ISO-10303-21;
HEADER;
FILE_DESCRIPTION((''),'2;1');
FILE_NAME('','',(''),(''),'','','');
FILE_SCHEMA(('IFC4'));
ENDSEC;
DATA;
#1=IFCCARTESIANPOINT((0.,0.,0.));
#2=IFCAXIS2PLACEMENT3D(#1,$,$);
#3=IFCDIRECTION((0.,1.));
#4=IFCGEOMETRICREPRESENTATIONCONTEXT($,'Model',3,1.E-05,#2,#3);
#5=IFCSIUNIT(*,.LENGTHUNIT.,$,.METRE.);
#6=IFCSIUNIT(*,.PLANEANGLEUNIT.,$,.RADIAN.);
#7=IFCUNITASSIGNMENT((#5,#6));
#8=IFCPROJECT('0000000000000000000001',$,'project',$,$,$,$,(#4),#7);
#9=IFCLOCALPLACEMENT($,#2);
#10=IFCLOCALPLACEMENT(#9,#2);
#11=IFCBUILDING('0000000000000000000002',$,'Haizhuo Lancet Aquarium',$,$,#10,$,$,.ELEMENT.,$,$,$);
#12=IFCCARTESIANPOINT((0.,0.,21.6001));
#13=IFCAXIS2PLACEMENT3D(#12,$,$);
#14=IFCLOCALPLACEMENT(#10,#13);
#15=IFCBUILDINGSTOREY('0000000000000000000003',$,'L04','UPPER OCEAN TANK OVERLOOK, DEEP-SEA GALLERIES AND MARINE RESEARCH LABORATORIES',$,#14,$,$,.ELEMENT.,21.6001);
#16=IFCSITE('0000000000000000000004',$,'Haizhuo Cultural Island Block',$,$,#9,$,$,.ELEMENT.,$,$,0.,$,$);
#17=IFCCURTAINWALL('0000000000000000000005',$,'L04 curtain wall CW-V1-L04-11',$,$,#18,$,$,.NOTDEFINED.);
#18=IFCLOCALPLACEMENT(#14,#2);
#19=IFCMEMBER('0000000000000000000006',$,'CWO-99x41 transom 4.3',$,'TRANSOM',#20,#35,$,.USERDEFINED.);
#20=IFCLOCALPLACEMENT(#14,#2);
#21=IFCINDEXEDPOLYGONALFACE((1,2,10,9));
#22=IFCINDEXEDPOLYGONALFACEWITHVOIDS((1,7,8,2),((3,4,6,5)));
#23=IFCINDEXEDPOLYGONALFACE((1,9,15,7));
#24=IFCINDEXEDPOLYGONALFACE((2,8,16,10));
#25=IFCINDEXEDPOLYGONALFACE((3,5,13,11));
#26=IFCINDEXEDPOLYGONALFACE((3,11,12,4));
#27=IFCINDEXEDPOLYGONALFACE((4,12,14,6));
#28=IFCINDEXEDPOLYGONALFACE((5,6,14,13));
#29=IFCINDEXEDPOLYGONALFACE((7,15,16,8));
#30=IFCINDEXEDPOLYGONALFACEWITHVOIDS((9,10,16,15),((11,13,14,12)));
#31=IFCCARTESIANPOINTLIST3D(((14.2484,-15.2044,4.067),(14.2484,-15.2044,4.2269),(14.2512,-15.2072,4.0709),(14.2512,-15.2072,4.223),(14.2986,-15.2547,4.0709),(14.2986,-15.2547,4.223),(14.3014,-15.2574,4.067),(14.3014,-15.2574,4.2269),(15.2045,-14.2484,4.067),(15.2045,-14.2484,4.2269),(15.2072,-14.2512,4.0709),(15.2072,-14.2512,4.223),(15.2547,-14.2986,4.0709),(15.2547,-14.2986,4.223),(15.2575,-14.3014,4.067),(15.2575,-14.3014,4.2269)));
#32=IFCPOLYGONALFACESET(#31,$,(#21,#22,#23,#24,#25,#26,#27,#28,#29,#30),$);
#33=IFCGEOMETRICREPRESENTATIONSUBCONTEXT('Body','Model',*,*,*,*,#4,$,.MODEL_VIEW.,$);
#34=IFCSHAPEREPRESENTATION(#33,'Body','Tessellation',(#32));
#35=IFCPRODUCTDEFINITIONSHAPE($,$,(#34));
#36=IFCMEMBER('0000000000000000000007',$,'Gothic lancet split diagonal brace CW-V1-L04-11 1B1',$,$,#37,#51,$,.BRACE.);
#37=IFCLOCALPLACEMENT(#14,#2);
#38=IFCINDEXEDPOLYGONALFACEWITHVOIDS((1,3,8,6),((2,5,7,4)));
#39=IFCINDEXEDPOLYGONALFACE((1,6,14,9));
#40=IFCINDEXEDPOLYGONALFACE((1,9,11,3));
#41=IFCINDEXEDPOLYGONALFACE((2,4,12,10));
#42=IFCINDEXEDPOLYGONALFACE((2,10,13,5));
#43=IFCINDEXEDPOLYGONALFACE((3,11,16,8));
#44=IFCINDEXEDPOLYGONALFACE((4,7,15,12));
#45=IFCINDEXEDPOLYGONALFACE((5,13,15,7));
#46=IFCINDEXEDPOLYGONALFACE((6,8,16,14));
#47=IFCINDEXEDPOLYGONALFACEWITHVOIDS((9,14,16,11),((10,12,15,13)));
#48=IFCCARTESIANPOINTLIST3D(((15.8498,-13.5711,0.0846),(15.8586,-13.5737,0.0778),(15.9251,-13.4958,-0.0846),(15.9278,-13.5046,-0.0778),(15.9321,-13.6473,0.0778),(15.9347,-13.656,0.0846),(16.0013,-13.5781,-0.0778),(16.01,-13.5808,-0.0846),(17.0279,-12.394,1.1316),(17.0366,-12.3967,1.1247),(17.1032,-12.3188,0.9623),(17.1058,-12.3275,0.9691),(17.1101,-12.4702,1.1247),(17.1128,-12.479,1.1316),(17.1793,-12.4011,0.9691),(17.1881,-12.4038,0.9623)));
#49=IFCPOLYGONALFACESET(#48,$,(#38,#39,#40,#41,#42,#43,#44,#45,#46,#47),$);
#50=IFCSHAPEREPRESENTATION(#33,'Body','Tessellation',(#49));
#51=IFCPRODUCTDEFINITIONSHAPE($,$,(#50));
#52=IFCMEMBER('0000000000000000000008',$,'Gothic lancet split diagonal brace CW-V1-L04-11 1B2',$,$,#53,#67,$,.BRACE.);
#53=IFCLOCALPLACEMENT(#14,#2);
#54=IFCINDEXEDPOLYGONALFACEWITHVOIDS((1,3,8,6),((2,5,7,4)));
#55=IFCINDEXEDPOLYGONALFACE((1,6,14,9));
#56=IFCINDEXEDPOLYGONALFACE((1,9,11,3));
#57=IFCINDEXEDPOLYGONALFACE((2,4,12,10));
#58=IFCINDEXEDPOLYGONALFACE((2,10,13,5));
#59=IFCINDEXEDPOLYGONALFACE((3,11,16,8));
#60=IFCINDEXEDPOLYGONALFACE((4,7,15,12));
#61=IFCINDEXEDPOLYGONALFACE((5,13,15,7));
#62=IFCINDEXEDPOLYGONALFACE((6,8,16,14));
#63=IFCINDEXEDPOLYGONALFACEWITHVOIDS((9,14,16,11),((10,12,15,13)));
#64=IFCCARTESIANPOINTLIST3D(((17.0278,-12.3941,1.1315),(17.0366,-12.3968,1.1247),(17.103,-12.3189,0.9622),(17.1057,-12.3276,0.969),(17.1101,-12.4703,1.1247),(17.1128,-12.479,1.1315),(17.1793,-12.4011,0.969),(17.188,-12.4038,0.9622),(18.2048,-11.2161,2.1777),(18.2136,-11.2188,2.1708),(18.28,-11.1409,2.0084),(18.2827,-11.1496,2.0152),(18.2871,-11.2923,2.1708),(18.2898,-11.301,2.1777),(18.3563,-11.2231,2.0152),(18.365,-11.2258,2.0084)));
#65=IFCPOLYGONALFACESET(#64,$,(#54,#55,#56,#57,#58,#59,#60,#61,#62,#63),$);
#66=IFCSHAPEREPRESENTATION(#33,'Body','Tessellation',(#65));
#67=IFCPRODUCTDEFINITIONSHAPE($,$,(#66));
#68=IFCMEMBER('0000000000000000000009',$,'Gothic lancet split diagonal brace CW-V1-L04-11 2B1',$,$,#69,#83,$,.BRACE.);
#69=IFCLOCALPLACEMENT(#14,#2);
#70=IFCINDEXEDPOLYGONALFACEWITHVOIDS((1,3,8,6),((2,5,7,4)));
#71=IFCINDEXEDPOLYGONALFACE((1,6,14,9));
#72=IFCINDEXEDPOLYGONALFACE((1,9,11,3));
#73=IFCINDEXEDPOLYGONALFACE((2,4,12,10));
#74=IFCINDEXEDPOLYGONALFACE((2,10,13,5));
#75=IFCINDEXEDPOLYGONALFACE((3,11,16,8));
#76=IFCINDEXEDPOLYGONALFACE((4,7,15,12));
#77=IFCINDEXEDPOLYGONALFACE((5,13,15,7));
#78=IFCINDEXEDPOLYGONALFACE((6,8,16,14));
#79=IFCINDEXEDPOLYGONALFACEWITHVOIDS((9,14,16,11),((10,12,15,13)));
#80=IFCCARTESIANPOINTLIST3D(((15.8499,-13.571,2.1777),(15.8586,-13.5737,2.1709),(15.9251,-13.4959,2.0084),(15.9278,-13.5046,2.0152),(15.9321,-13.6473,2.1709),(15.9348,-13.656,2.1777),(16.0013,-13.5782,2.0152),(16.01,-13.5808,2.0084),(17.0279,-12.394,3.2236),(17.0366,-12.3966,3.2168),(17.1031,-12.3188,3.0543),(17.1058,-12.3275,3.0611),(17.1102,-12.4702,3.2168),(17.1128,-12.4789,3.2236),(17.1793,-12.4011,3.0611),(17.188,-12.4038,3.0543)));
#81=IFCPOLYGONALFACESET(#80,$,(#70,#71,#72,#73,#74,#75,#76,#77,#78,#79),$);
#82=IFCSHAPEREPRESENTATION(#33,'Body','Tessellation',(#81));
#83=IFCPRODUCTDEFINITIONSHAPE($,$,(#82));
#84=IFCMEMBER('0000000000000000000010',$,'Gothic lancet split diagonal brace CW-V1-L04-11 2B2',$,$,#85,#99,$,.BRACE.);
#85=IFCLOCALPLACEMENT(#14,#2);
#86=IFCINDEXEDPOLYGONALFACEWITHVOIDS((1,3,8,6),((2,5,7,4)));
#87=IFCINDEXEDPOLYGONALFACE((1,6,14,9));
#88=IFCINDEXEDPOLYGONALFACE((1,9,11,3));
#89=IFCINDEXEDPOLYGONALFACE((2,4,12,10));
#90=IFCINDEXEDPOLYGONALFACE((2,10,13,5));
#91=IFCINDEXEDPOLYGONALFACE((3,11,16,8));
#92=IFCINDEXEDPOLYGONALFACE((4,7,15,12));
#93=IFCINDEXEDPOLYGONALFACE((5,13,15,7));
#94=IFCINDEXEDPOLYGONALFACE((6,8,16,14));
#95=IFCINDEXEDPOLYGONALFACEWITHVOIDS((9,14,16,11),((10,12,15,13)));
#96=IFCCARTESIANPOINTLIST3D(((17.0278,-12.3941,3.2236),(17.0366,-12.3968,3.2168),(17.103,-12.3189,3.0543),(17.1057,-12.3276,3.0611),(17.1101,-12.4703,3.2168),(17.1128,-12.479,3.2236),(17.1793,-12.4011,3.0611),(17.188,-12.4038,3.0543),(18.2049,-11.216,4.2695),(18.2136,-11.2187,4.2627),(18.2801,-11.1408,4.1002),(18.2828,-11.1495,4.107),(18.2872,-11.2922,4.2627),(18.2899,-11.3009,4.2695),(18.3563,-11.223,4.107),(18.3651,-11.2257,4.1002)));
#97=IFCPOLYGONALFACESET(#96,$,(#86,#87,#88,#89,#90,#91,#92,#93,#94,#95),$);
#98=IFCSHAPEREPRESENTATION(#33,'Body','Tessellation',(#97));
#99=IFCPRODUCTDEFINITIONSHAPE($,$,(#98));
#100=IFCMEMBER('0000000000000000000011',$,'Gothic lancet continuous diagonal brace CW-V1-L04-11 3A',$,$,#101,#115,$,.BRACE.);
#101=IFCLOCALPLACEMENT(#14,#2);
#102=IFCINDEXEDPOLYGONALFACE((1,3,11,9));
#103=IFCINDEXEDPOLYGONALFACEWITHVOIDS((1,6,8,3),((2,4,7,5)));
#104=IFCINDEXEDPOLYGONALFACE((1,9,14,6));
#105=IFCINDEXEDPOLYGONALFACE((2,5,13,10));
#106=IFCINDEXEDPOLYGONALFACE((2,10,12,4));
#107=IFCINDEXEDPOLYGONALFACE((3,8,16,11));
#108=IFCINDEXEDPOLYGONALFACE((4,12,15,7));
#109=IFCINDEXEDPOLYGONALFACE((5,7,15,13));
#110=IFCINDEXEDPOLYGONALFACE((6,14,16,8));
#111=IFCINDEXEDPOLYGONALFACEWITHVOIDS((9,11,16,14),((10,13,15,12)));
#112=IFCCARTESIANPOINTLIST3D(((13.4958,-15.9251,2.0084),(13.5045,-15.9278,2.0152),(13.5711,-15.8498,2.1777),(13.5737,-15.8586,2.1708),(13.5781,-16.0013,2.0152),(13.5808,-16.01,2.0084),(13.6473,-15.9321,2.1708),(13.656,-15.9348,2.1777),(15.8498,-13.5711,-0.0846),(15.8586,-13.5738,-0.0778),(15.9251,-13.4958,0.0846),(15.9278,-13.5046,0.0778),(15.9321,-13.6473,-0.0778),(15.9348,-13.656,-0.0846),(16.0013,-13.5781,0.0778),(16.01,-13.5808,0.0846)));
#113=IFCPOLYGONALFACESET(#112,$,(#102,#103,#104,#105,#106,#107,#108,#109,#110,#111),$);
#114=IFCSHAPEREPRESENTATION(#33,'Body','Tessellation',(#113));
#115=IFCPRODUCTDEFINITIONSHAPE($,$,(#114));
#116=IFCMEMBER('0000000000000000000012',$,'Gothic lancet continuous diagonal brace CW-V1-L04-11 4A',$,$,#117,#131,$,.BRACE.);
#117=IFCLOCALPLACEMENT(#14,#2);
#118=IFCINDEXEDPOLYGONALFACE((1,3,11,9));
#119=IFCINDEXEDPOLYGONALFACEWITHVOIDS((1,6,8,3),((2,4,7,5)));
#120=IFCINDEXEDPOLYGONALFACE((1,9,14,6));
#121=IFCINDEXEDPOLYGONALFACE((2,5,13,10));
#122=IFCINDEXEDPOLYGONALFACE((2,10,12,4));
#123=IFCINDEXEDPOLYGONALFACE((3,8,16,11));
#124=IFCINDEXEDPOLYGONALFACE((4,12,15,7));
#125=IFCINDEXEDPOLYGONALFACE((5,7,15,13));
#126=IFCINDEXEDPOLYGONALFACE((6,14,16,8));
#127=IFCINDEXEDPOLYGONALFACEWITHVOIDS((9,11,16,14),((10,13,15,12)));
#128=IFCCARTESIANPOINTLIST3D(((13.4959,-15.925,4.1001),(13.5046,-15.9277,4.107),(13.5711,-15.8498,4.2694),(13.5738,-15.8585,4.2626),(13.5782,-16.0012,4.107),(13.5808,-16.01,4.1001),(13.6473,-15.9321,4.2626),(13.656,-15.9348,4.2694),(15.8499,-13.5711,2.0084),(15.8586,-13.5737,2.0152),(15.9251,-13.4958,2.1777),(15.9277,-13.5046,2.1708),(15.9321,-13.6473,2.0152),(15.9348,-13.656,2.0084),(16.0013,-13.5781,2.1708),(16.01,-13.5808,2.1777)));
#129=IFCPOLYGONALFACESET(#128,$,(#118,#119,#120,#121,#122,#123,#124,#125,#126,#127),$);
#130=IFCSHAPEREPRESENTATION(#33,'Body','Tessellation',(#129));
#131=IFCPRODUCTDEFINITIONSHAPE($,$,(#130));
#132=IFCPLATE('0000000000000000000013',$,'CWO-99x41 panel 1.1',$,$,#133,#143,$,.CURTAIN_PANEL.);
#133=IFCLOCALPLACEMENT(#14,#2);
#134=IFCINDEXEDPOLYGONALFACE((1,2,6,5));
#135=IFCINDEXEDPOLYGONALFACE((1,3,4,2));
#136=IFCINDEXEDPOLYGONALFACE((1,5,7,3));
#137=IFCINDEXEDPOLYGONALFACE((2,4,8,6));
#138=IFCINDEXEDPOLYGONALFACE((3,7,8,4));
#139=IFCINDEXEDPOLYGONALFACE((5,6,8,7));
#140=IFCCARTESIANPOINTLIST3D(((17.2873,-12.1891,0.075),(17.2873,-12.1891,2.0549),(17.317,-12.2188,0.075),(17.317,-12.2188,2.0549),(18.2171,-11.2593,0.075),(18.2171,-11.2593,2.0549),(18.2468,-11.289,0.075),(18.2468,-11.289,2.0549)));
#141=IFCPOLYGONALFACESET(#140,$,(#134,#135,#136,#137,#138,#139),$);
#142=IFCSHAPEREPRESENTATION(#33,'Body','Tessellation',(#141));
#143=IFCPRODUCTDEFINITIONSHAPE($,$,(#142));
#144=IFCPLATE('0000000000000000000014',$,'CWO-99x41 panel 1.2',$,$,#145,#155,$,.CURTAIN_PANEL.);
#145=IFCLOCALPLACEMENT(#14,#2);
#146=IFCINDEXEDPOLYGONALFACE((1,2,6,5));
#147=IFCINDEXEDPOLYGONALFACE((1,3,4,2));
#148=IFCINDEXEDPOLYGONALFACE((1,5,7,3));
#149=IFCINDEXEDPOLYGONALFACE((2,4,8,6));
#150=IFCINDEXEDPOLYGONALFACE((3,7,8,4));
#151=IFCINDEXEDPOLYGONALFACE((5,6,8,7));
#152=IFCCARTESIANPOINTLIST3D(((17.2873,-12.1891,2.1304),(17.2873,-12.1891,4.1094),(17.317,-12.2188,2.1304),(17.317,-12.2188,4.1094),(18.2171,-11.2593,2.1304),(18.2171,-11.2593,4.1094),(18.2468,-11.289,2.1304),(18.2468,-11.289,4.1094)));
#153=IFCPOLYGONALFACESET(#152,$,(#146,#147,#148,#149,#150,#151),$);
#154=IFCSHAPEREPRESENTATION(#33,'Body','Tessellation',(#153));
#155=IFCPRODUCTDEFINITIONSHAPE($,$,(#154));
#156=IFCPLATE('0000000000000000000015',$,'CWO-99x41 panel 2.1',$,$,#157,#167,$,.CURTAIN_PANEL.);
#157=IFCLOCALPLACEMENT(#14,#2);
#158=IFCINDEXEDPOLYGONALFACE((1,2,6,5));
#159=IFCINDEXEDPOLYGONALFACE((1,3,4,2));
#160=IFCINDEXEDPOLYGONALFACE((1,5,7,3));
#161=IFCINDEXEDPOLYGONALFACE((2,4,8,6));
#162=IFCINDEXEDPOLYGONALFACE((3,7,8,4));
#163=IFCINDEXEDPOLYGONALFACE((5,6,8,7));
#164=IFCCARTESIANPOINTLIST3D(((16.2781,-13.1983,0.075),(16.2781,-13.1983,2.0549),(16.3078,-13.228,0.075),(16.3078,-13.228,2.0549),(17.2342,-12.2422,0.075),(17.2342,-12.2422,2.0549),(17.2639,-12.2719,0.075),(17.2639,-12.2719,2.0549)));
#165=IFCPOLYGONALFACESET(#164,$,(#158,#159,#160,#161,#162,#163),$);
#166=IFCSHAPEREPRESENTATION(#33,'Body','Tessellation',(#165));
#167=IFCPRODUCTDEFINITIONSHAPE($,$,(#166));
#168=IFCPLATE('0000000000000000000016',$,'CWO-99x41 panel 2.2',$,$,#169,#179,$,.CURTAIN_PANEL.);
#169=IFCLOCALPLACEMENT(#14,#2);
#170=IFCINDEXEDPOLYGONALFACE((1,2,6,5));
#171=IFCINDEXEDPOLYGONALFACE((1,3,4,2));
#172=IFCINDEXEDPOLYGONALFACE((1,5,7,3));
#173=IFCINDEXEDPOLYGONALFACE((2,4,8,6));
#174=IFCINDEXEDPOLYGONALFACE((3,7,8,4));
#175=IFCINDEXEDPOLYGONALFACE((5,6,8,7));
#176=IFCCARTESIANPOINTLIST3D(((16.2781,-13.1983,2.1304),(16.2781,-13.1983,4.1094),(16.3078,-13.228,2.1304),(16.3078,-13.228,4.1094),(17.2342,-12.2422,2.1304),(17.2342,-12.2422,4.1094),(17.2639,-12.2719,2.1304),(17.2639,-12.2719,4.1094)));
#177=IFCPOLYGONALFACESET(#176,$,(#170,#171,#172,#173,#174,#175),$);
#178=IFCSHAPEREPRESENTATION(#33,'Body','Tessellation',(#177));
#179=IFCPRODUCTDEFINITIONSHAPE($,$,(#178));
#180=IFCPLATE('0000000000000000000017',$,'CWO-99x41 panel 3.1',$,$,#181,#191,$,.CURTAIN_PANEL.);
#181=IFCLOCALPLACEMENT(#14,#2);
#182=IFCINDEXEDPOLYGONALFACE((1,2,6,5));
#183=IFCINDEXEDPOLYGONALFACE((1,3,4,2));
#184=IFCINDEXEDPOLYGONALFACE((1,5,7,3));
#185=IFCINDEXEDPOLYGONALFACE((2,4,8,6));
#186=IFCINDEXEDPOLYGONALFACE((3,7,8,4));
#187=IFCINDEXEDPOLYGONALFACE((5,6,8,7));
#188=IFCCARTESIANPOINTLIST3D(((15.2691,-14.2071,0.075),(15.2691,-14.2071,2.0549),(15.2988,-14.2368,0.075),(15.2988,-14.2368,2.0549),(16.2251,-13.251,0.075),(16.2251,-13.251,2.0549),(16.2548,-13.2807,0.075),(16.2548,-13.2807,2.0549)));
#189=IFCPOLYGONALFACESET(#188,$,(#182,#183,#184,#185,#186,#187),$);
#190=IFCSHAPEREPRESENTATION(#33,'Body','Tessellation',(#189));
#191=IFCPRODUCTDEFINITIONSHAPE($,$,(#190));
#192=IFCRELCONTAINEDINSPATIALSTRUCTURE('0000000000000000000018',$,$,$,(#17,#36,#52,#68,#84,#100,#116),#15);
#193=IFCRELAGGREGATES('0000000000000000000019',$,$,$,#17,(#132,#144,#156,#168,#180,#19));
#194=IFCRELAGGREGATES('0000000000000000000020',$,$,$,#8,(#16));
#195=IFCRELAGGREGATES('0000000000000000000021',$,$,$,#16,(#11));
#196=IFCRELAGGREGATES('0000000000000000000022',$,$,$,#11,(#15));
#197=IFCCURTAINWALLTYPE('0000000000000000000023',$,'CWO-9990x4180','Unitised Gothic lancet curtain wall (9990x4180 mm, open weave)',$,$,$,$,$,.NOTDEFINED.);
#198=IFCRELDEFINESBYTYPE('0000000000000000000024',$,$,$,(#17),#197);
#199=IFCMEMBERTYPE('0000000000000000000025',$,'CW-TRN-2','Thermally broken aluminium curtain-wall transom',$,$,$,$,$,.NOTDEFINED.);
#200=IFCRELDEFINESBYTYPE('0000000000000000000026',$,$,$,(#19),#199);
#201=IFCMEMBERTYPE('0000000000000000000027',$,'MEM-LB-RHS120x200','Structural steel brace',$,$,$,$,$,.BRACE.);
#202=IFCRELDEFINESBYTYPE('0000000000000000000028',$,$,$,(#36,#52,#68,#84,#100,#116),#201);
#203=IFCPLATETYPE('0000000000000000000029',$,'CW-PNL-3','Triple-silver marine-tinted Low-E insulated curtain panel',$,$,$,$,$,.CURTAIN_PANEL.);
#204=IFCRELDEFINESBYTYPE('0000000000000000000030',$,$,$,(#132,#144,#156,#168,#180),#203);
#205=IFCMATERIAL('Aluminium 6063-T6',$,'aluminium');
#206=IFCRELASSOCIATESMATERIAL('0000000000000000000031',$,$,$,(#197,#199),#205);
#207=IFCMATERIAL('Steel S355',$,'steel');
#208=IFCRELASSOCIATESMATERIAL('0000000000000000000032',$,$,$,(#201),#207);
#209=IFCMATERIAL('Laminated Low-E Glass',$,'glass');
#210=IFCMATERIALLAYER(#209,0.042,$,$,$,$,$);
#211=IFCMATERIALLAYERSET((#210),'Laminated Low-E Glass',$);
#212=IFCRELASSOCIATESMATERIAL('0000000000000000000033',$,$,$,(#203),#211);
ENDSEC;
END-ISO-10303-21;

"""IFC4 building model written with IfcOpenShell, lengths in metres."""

from ifc_helpers import new_model, si_unit, direction, frame, origin, origin_2d, place, context, subcontext, project, spatial, rectangle, hollow_rectangle, extrude, material, layer, layer_set, material_profile, profile_set, type_object, element, aggregate, save


model = new_model("IFC4")

# Units and contexts
model_context = context("Model", 3, precision=1e-05, world=origin(), true_north=direction((0.0, 1.0)))
body_context = subcontext(model_context, "Body", "Model", "MODEL_VIEW")
ifc_project = project(units=[si_unit("LENGTHUNIT", "METRE"), si_unit("PLANEANGLEUNIT", "RADIAN")], contexts=[model_context])

# Site, building, storey
site_placement = place(None, origin())
site = spatial("IfcSite", under=ifc_project, at=site_placement, Name="Haizhuo Cultural Island Block", CompositionType="ELEMENT", RefElevation=0.0)
building_placement = place(site_placement, origin())
building = spatial("IfcBuilding", under=site, at=building_placement, Name="Haizhuo Lancet Aquarium", CompositionType="ELEMENT")
storey_placement = place(building_placement, frame((0.0, 0.0, 21.6001)))
storey = spatial("IfcBuildingStorey", under=building, at=storey_placement, Name="L04", Description="UPPER OCEAN TANK OVERLOOK, DEEP-SEA GALLERIES AND MARINE RESEARCH LABORATORIES", CompositionType="ELEMENT", Elevation=21.6001)

# Curtain wall, member
ifc_material_1 = material(Name="Aluminium 6063-T6", Category="aluminium")
curtain_wall_type = type_object("IfcCurtainWallType", Name="CWO-9990x4180", Description="Unitised Gothic lancet curtain wall (9990x4180 mm, open weave)", PredefinedType="NOTDEFINED", material=ifc_material_1)
curtain_wall_placement = place(storey_placement, origin())
curtain_wall = element("IfcCurtainWall", 1, at=curtain_wall_placement, inside=storey, type_object=curtain_wall_type, Name="L04 curtain wall CW-V1-L04-11", PredefinedType="NOTDEFINED")
ifc_material_profile_1 = material_profile(ifc_material_1, hollow_rectangle(XDim=0.075, YDim=0.1599, WallThickness=0.0039, at=origin_2d()), Name="ALU-T 75x160x4")
ifc_profile_set_1 = profile_set([ifc_material_profile_1], Name="Aluminium 6063-T6")
member_type_1 = type_object("IfcMemberType", Name="CW-TRN-2", Description="Thermally broken aluminium curtain-wall transom", PredefinedType="NOTDEFINED", material=ifc_profile_set_1)
member_1_placement = place(storey_placement, frame((15.231, -14.2749, 4.147), z_axis=(-0.707107, -0.707107, 0.0), x_axis=(0.707107, -0.707107, 0.0)))
member_1 = element("IfcMember", 2, at=member_1_placement, type_object=member_type_1, Name="CWO-99x41 transom 4.3", ObjectType="TRANSOM", PredefinedType="USERDEFINED", context=body_context, shape_type="SweptSolid", body=[
    extrude(hollow_rectangle(XDim=0.075, YDim=0.1599, WallThickness=0.0039, at=origin_2d()), origin(), (0.0, 0.0, 1.0), 1.3521),
])

# Members
ifc_material_2 = material(Name="Steel S355", Category="steel")
ifc_material_profile_2 = material_profile(ifc_material_2, hollow_rectangle(XDim=0.1201, YDim=0.2, WallThickness=0.0081, at=origin_2d()), Name="RHS 120x200x8")
ifc_profile_set_2 = profile_set([ifc_material_profile_2], Name="Steel S355")
member_type_2 = type_object("IfcMemberType", Name="MEM-LB-RHS120x200", Description="Structural steel brace", PredefinedType="BRACE", material=ifc_profile_set_2)
member_2_placement = place(storey_placement, frame((15.9299, -13.5759, 0.0), z_axis=(0.598884, 0.598388, 0.532231), x_axis=(-0.706813, 0.7074, 0.0)))
element("IfcMember", 3, at=member_2_placement, inside=storey, type_object=member_type_2, Name="Gothic lancet split diagonal brace CW-V1-L04-11 1B1", PredefinedType="BRACE", context=body_context, shape_type="SweptSolid", body=[
    extrude(hollow_rectangle(XDim=0.1201, YDim=0.2, WallThickness=0.0081, at=origin_2d()), origin(), (0.0, 0.0, 1.0), 1.967),
])
for number, where, z_axis, x_axis, name in (
    (4, (17.1079, -12.3989, 1.0469), (0.598506, 0.599003, 0.531964), (-0.7074, 0.706813, 0.0), "Gothic lancet split diagonal brace CW-V1-L04-11 1B2"),
    (5, (15.9299, -13.5759, 2.093), (0.599042, 0.598546, 0.531875), (-0.706813, 0.7074, 0.0), "Gothic lancet split diagonal brace CW-V1-L04-11 2B1"),
    (6, (17.1079, -12.3989, 3.1389), (0.598546, 0.599042, 0.531875), (-0.7074, 0.706813, 0.0), "Gothic lancet split diagonal brace CW-V1-L04-11 2B2"),
):
    element("IfcMember", number, at=place(storey_placement, frame(where, z_axis=z_axis, x_axis=x_axis)), inside=storey, type_object=member_type_2, Name=name, PredefinedType="BRACE", context=body_context, shape_type="SweptSolid", body=[
        extrude(hollow_rectangle(XDim=0.1201, YDim=0.2, WallThickness=0.0081, at=origin_2d()), origin(), (0.0, 0.0, 1.0), 1.9666),
    ])
member_3_placement = place(storey_placement, frame((15.9299, -13.5759, 0.0), z_axis=(-0.598625, -0.598625, 0.532256), x_axis=(0.707107, -0.707107, 0.0)))
element("IfcMember", 7, at=member_3_placement, inside=storey, type_object=member_type_2, Name="Gothic lancet continuous diagonal brace CW-V1-L04-11 3A", PredefinedType="BRACE", context=body_context, shape_type="SweptSolid", body=[
    extrude(hollow_rectangle(XDim=0.1201, YDim=0.2, WallThickness=0.0081, at=origin_2d()), origin(), (0.0, 0.0, 1.0), 3.9324),
])
member_4_placement = place(storey_placement, frame((15.9299, -13.5759, 2.093), z_axis=(-0.598724, -0.598724, 0.532033), x_axis=(0.707107, -0.707107, 0.0)))
element("IfcMember", 8, at=member_4_placement, inside=storey, type_object=member_type_2, Name="Gothic lancet continuous diagonal brace CW-V1-L04-11 4A", PredefinedType="BRACE", context=body_context, shape_type="SweptSolid", body=[
    extrude(hollow_rectangle(XDim=0.1201, YDim=0.2, WallThickness=0.0081, at=origin_2d()), origin(), (0.0, 0.0, 1.0), 3.9316),
])

# Plates
ifc_material_3 = material(Name="Laminated Low-E Glass", Category="glass")
ifc_layer = layer(ifc_material_3, 0.042)
ifc_layer_set = layer_set([ifc_layer], Name="Laminated Low-E Glass")
plate_type = type_object("IfcPlateType", Name="CW-PNL-3", Description="Triple-silver marine-tinted Low-E insulated curtain panel", PredefinedType="CURTAIN_PANEL", material=ifc_layer_set)
plate_1_placement = place(storey_placement, frame((17.7671, -11.739, 0.075), z_axis=(0.0, 0.0, 1.0), x_axis=(-0.707107, -0.707107, 0.0)))
plate_1 = element("IfcPlate", 9, at=plate_1_placement, type_object=plate_type, Name="CWO-99x41 panel 1.1", PredefinedType="CURTAIN_PANEL", context=body_context, shape_type="SweptSolid", body=[
    extrude(rectangle(XDim=1.3149, YDim=0.042, at=origin_2d()), origin(), (0.0, 0.0, 1.0), 1.98),
])
plate_2_placement = place(storey_placement, frame((17.7671, -11.739, 2.1304), z_axis=(0.0, 0.0, 1.0), x_axis=(-0.707107, -0.707107, 0.0)))
plate_2 = element("IfcPlate", 10, at=plate_2_placement, type_object=plate_type, Name="CWO-99x41 panel 1.2", PredefinedType="CURTAIN_PANEL", context=body_context, shape_type="SweptSolid", body=[
    extrude(rectangle(XDim=1.3149, YDim=0.042, at=origin_2d()), origin(), (0.0, 0.0, 1.0), 1.979),
])
plate_3_placement = place(storey_placement, frame((16.771, -12.7351, 0.075), z_axis=(0.0, 0.0, 1.0), x_axis=(-0.707107, -0.707107, 0.0)))
plate_3 = element("IfcPlate", 11, at=plate_3_placement, type_object=plate_type, Name="CWO-99x41 panel 2.1", PredefinedType="CURTAIN_PANEL", context=body_context, shape_type="SweptSolid", body=[
    extrude(rectangle(XDim=1.3521, YDim=0.042, at=origin_2d()), origin(), (0.0, 0.0, 1.0), 1.98),
])
plate_4_placement = place(storey_placement, frame((16.771, -12.7351, 2.1304), z_axis=(0.0, 0.0, 1.0), x_axis=(-0.707107, -0.707107, 0.0)))
plate_4 = element("IfcPlate", 12, at=plate_4_placement, type_object=plate_type, Name="CWO-99x41 panel 2.2", PredefinedType="CURTAIN_PANEL", context=body_context, shape_type="SweptSolid", body=[
    extrude(rectangle(XDim=1.3521, YDim=0.042, at=origin_2d()), origin(), (0.0, 0.0, 1.0), 1.979),
])
plate_5_placement = place(storey_placement, frame((15.762, -13.7439, 0.075), z_axis=(0.0, 0.0, 1.0), x_axis=(-0.707107, -0.707107, 0.0)))
plate_5 = element("IfcPlate", 13, at=plate_5_placement, type_object=plate_type, Name="CWO-99x41 panel 3.1", PredefinedType="CURTAIN_PANEL", context=body_context, shape_type="SweptSolid", body=[
    extrude(rectangle(XDim=1.3521, YDim=0.042, at=origin_2d()), origin(), (0.0, 0.0, 1.0), 1.98),
])
aggregate(curtain_wall, [plate_1, plate_2, plate_3, plate_4, plate_5, member_1])

save(model, "model.ifc")
